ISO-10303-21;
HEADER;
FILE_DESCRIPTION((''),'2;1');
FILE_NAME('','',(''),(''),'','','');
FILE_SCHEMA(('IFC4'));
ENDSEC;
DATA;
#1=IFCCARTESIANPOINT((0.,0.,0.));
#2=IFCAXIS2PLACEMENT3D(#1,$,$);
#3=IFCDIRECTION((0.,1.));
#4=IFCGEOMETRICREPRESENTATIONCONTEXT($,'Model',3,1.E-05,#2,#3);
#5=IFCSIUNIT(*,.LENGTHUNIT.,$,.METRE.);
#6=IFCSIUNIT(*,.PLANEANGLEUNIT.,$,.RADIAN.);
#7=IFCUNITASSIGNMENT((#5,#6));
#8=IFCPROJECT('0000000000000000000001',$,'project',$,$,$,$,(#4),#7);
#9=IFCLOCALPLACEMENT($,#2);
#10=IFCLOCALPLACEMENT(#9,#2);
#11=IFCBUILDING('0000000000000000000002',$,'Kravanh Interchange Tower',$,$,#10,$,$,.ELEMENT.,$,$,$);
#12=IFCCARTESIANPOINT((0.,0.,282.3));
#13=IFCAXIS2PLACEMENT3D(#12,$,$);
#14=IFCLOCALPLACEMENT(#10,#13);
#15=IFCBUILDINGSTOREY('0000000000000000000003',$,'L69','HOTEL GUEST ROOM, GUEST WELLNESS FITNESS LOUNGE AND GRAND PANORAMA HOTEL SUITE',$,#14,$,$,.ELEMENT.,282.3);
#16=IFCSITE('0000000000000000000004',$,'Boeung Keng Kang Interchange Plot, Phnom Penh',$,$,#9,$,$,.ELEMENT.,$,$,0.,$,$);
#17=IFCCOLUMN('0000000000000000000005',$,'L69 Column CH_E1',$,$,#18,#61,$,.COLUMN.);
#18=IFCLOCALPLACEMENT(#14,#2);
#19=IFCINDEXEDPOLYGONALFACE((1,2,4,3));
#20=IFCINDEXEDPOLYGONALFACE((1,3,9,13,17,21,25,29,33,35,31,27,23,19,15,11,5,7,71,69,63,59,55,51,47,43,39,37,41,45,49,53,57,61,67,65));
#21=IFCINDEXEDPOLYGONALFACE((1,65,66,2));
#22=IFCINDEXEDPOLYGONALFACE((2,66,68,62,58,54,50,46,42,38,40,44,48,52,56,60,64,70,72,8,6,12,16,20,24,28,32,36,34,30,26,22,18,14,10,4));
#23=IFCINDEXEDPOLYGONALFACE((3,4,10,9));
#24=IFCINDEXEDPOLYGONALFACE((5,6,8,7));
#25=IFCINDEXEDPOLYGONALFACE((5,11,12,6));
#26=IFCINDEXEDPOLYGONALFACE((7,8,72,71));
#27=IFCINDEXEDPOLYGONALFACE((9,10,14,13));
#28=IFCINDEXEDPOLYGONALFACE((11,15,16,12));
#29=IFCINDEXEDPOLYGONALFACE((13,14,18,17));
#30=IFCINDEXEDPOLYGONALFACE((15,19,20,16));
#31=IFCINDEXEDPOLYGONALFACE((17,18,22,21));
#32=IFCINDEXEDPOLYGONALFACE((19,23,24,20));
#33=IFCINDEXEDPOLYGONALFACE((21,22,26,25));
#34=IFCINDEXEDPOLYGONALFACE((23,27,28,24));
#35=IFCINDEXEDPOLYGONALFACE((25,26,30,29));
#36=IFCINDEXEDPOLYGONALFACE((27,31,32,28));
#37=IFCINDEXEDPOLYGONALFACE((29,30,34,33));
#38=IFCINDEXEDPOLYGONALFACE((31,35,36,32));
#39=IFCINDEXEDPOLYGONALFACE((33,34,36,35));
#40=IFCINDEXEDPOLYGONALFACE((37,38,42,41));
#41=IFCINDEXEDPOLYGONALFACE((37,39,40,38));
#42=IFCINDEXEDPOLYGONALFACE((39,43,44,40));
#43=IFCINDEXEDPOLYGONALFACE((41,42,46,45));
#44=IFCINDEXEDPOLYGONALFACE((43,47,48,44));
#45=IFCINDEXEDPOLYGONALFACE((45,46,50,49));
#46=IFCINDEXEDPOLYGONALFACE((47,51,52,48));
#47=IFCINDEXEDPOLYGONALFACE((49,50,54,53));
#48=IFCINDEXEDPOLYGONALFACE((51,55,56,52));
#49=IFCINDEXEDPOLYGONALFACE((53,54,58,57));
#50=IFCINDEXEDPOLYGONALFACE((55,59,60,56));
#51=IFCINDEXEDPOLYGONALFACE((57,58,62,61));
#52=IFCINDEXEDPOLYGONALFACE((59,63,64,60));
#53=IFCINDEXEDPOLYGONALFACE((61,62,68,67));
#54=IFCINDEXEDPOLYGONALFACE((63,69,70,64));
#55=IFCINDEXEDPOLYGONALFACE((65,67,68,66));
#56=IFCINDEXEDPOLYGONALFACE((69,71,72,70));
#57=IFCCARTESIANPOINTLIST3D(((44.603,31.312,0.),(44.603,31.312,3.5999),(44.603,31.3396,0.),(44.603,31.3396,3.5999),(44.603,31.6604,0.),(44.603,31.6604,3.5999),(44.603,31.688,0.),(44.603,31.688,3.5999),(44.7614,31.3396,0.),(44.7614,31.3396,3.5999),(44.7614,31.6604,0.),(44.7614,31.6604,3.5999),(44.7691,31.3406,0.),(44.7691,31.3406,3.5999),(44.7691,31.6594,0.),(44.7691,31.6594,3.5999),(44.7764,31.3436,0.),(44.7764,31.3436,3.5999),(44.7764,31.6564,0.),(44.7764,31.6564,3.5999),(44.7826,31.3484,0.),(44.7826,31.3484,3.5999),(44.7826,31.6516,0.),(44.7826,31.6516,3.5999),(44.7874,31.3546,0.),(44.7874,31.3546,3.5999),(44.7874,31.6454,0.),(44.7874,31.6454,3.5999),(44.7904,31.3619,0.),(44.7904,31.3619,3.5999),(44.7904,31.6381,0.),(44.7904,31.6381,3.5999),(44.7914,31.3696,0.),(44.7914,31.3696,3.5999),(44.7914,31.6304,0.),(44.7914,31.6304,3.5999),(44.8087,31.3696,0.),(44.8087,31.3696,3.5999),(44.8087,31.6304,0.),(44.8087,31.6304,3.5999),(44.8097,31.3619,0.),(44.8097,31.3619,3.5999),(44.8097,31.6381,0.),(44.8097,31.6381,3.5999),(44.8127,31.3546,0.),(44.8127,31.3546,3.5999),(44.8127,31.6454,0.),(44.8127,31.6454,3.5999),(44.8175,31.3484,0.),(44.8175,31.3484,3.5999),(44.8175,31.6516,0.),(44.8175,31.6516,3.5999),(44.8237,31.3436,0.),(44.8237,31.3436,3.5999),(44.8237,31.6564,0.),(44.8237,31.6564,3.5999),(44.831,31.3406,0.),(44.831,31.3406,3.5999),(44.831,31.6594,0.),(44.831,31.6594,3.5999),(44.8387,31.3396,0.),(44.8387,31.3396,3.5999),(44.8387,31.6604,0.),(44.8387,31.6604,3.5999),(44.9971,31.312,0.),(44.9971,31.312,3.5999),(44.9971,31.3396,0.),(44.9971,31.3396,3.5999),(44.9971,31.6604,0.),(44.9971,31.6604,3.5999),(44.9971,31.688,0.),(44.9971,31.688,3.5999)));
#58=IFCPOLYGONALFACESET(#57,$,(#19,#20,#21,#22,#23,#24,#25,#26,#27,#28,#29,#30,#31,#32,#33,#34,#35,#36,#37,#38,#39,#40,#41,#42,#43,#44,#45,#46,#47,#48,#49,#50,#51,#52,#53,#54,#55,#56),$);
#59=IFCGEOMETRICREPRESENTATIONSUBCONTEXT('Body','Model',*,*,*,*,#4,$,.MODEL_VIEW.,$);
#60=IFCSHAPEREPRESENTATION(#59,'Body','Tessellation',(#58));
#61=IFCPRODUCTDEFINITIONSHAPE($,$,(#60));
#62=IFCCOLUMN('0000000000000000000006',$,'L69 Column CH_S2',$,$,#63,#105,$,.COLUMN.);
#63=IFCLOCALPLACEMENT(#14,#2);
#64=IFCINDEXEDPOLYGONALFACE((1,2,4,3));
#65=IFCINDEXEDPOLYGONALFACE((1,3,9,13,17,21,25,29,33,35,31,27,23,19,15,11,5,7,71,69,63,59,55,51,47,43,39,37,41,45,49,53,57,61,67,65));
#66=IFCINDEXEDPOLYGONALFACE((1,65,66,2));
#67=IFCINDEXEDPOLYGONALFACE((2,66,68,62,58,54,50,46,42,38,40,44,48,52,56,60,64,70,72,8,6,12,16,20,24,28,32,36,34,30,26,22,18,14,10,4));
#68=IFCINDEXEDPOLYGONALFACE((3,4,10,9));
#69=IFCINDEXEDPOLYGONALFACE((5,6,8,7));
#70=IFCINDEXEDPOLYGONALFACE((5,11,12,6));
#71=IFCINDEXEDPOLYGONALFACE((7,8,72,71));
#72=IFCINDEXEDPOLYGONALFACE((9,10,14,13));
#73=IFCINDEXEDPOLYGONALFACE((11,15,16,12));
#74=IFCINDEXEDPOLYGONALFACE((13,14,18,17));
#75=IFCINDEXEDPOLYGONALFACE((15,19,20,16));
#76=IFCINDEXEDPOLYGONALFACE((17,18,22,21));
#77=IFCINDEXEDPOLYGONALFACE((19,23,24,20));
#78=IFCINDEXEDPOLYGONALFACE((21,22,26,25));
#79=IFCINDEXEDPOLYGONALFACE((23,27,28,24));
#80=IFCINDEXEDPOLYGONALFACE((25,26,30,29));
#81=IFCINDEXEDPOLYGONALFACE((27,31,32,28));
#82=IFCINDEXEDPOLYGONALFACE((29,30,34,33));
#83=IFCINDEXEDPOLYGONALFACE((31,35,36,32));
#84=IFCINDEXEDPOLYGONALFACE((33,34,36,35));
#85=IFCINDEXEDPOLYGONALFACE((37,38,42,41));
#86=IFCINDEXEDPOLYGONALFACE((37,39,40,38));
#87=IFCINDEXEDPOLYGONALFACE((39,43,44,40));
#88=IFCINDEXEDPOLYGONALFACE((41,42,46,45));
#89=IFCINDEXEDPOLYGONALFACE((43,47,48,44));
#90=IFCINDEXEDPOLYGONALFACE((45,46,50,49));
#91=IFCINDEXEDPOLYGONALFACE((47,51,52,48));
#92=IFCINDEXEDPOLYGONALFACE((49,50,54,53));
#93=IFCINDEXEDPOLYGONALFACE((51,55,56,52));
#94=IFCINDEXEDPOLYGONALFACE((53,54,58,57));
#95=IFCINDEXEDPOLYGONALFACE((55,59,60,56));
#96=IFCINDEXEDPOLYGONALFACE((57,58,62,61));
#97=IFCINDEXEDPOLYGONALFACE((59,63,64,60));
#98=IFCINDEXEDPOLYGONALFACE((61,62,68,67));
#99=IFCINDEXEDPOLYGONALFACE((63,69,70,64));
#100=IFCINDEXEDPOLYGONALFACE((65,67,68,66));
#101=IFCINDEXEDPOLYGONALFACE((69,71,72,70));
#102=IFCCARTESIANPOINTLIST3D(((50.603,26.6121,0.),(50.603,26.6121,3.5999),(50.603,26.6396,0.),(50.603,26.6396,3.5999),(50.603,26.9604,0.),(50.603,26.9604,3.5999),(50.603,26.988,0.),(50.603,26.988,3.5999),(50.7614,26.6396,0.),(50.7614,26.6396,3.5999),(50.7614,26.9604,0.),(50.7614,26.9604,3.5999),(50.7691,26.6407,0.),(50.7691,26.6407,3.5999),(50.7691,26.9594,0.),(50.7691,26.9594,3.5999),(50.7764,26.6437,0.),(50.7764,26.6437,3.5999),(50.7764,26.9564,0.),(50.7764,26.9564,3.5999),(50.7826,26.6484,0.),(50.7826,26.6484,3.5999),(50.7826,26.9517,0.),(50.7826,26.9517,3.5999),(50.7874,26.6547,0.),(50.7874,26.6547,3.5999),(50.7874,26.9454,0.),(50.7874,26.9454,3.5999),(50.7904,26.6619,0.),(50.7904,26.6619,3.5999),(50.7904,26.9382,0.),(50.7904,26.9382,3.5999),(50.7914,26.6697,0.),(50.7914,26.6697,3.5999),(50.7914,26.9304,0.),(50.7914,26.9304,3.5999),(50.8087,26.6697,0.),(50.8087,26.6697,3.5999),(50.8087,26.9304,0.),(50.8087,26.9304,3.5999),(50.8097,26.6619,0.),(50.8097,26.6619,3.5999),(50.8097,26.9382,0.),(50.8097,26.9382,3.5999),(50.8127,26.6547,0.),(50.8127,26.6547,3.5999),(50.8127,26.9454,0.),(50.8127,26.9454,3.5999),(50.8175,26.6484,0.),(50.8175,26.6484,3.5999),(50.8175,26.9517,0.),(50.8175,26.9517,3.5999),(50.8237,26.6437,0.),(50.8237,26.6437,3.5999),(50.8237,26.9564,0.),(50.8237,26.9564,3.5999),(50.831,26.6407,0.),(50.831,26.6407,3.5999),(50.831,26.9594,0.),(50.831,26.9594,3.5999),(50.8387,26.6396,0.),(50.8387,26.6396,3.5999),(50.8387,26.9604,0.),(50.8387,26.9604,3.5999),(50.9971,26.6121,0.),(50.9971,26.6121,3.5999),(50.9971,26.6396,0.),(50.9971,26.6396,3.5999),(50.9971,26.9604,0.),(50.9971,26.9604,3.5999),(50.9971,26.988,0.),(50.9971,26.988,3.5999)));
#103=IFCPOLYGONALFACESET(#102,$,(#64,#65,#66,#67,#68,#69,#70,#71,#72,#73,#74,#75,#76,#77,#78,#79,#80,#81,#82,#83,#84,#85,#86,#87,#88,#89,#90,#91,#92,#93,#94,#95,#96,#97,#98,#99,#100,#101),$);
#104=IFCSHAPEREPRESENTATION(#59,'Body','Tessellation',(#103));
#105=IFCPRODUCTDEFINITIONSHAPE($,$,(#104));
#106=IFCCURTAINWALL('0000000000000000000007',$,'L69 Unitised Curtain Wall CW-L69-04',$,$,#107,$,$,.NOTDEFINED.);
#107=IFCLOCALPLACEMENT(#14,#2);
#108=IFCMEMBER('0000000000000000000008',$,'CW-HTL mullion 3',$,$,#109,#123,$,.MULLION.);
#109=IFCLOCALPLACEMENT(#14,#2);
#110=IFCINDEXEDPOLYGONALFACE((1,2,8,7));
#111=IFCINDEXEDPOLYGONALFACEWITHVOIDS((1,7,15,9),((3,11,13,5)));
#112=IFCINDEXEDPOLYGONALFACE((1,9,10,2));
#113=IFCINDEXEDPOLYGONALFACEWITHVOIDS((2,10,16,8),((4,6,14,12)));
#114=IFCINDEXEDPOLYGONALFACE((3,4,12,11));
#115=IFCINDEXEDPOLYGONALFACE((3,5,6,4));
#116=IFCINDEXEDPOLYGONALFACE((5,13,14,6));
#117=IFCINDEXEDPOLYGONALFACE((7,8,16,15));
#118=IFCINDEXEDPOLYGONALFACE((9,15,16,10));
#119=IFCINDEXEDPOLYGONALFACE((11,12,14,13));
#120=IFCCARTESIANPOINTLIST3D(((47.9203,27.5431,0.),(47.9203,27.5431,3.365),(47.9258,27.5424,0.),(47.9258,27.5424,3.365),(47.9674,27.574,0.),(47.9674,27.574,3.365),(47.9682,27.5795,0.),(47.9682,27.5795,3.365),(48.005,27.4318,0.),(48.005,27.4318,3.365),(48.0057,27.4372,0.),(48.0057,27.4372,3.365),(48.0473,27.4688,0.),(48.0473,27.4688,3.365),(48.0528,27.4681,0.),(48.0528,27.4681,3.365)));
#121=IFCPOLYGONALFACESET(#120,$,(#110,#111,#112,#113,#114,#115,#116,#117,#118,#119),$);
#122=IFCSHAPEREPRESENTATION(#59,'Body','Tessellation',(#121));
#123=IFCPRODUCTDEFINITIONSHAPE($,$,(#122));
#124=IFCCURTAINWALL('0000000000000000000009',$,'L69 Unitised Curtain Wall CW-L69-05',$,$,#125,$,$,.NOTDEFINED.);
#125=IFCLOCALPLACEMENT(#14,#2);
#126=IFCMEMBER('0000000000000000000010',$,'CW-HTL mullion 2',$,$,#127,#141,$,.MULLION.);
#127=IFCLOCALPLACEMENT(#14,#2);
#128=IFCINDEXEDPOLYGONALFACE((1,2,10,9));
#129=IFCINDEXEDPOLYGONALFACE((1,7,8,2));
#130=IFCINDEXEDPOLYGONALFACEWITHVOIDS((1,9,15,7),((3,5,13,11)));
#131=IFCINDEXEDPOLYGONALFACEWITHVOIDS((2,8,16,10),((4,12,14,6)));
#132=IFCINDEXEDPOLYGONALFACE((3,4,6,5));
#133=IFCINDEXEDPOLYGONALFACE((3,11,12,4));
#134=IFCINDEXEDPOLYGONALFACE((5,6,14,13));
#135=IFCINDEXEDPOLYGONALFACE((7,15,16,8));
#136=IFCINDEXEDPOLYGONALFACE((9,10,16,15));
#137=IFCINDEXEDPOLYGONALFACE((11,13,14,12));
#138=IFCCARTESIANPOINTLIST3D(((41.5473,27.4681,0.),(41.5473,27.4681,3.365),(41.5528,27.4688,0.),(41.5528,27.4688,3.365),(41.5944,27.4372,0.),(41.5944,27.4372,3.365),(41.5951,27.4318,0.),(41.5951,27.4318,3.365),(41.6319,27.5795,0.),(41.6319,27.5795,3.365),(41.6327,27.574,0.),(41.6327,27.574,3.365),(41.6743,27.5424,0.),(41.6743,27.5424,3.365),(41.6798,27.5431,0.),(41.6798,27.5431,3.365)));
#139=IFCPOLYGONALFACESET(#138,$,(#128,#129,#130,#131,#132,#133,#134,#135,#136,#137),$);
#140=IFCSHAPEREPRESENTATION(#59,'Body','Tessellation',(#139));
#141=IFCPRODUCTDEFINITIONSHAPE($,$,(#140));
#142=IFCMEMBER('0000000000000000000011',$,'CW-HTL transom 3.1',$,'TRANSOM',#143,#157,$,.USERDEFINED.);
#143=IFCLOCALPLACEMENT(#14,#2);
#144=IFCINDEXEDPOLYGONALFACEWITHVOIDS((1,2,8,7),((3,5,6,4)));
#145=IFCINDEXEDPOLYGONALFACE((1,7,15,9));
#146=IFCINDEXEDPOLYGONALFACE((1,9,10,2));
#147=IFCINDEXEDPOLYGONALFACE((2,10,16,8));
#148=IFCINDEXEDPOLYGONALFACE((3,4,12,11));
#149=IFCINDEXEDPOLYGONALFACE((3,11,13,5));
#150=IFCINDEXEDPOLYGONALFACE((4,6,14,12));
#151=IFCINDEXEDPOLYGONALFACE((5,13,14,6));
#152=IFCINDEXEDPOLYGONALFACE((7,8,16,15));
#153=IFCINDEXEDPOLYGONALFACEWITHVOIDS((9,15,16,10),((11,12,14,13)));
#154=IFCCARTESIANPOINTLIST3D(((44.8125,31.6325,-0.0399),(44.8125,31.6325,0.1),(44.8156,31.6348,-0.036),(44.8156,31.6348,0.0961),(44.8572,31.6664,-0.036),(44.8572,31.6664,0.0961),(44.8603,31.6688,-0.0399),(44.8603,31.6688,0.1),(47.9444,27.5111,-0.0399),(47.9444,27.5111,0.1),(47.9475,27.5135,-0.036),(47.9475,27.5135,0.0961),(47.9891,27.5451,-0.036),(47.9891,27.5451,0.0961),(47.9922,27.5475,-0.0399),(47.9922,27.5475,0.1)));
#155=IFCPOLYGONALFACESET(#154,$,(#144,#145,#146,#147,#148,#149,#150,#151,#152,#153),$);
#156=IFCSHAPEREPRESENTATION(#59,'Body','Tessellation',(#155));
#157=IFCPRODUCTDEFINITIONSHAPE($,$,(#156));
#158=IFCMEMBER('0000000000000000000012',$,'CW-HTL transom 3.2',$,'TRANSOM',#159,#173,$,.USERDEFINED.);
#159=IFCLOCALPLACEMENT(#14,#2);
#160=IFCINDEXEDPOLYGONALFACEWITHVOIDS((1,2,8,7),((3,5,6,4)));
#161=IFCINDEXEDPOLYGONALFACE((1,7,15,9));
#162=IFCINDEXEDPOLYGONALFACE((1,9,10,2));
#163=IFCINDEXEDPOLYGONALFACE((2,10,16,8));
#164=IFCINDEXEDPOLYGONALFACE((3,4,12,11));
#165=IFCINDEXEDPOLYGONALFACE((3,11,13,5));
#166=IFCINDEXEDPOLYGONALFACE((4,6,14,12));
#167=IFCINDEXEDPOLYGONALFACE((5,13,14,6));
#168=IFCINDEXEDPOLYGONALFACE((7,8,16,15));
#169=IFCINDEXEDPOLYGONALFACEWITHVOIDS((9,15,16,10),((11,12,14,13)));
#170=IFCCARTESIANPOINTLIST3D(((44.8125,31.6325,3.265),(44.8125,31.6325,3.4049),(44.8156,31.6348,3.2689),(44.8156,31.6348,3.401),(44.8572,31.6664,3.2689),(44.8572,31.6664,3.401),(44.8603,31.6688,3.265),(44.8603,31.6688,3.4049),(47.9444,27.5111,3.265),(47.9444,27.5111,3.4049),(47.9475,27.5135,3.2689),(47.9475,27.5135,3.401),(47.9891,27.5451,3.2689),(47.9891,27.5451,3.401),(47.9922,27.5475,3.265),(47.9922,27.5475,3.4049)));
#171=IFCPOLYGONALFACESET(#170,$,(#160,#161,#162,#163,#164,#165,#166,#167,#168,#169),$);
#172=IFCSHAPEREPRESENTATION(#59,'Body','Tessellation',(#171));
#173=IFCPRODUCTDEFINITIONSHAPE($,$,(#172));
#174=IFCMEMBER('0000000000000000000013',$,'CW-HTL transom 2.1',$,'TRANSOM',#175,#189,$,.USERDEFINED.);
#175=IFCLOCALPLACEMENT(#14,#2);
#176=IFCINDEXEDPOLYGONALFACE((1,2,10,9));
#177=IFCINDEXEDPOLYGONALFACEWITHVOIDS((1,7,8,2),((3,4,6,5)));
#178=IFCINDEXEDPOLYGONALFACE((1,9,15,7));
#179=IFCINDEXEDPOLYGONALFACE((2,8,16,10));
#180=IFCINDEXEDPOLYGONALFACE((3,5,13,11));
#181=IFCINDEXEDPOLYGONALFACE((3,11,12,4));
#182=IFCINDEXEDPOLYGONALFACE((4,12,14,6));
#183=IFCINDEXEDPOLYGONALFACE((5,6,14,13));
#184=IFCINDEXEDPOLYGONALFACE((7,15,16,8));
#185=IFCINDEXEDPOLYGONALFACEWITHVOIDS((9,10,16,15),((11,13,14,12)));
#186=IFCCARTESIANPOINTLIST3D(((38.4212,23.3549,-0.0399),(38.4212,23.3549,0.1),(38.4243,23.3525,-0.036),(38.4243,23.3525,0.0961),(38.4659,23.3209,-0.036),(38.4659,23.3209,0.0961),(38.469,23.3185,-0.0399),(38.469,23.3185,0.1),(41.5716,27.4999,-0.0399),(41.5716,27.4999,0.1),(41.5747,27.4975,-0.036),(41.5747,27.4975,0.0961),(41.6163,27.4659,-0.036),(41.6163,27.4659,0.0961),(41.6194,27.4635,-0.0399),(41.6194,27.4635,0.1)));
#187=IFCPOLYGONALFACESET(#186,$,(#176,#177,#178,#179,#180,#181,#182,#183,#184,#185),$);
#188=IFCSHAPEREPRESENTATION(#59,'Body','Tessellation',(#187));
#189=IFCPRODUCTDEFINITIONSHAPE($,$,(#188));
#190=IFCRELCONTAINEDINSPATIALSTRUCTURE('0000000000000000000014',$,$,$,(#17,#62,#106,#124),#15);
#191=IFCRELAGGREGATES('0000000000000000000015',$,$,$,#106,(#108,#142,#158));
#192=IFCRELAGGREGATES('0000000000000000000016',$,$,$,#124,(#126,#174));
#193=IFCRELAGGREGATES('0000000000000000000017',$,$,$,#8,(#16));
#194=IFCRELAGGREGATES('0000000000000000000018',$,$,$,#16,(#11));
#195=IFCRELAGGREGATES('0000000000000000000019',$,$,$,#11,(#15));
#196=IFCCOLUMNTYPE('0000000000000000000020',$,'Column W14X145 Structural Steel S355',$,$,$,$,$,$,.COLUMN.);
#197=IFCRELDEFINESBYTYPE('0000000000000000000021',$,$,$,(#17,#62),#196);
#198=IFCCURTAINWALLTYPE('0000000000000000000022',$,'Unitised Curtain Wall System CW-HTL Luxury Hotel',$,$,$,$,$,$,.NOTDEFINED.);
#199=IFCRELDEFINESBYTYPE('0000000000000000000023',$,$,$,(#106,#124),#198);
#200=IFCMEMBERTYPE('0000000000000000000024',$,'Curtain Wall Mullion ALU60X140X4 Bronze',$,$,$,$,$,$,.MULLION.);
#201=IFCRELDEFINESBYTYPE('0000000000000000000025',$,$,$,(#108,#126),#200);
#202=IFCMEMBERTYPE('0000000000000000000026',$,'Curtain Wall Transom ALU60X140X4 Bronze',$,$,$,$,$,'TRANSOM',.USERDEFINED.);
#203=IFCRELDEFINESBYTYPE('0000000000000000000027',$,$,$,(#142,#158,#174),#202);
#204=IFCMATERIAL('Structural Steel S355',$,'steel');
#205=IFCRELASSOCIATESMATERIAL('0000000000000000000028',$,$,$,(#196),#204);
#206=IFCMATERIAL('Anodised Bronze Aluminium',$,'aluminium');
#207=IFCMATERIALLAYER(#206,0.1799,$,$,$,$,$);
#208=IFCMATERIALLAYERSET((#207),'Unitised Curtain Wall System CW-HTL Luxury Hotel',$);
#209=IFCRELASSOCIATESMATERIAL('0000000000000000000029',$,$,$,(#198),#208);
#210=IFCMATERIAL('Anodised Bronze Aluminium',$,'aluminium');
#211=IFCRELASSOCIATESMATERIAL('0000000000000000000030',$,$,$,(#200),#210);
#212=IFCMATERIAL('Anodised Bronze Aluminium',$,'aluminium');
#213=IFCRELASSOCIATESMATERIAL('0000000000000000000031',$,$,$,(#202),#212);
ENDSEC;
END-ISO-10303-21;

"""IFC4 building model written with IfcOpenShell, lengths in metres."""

from ifc_helpers import new_model, si_unit, direction, frame, origin, origin_2d, place, context, subcontext, project, spatial, hollow_rectangle, i_section, extrude, material, layer, layer_set, material_profile, profile_set, type_object, element, aggregate, save


model = new_model("IFC4")

# Units and contexts
model_context = context("Model", 3, precision=1e-05, world=origin(), true_north=direction((0.0, 1.0)))
body_context = subcontext(model_context, "Body", "Model", "MODEL_VIEW")
ifc_project = project(units=[si_unit("LENGTHUNIT", "METRE"), si_unit("PLANEANGLEUNIT", "RADIAN")], contexts=[model_context])

# Site, building, storey
site_placement = place(None, origin())
site = spatial("IfcSite", under=ifc_project, at=site_placement, Name="Boeung Keng Kang Interchange Plot, Phnom Penh", CompositionType="ELEMENT", RefElevation=0.0)
building_placement = place(site_placement, origin())
building = spatial("IfcBuilding", under=site, at=building_placement, Name="Kravanh Interchange Tower", CompositionType="ELEMENT")
storey_placement = place(building_placement, frame((0.0, 0.0, 282.3)))
storey = spatial("IfcBuildingStorey", under=building, at=storey_placement, Name="L69", Description="HOTEL GUEST ROOM, GUEST WELLNESS FITNESS LOUNGE AND GRAND PANORAMA HOTEL SUITE", CompositionType="ELEMENT", Elevation=282.3)

# Columns
ifc_material_1 = material(Name="Structural Steel S355", Category="steel")
ifc_material_profile_1 = material_profile(ifc_material_1, i_section(OverallWidth=0.394, OverallDepth=0.376, WebThickness=0.0173, FlangeThickness=0.0276, FilletRadius=0.03, at=origin_2d()), Name="W14X145")
ifc_profile_set_1 = profile_set([ifc_material_profile_1], Name="Structural Steel S355")
column_type = type_object("IfcColumnType", Name="Column W14X145 Structural Steel S355", PredefinedType="COLUMN", material=ifc_profile_set_1)
for number, where, z_axis, x_axis, name in (
    (1, (44.8, 31.5, 0.0), (0.0, 0.0, 1.0), (1.0, 0.0, 0.0), "L69 Column CH_E1"),
    (2, (50.8, 26.8, 0.0), (0.0, 0.0, 1.0), (1.0, 0.0, 0.0), "L69 Column CH_S2"),
):
    element("IfcColumn", number, at=place(storey_placement, frame(where, z_axis=z_axis, x_axis=x_axis)), inside=storey, type_object=column_type, Name=name, PredefinedType="COLUMN", context=body_context, shape_type="SweptSolid", body=[
        extrude(i_section(OverallWidth=0.394, OverallDepth=0.376, WebThickness=0.0173, FlangeThickness=0.0276, FilletRadius=0.03, at=origin_2d()), origin(), (0.0, 0.0, 1.0), 3.5999),
    ])

# Curtain walls, members
ifc_material_2 = material(Name="Anodised Bronze Aluminium", Category="aluminium")
ifc_layer_1 = layer(ifc_material_2, 0.1799)
ifc_layer_set_1 = layer_set([ifc_layer_1], Name="Unitised Curtain Wall System CW-HTL Luxury Hotel")
curtain_wall_type = type_object("IfcCurtainWallType", Name="Unitised Curtain Wall System CW-HTL Luxury Hotel", PredefinedType="NOTDEFINED", material=ifc_layer_set_1)
curtain_wall_1_placement = place(storey_placement, origin())
curtain_wall_1 = element("IfcCurtainWall", 3, at=curtain_wall_1_placement, inside=storey, type_object=curtain_wall_type, Name="L69 Unitised Curtain Wall CW-L69-04", PredefinedType="NOTDEFINED")
ifc_material_3 = material(Name="Anodised Bronze Aluminium", Category="aluminium")
ifc_material_profile_2 = material_profile(ifc_material_3, hollow_rectangle(XDim=0.0601, YDim=0.1399, WallThickness=0.0039, at=origin_2d()), Name="ALU60X140X4")
ifc_profile_set_2 = profile_set([ifc_material_profile_2], Name="Anodised Bronze Aluminium")
member_type_1 = type_object("IfcMemberType", Name="Curtain Wall Mullion ALU60X140X4 Bronze", PredefinedType="MULLION", material=ifc_profile_set_2)
member_1_placement = place(storey_placement, frame((47.9866, 27.5056, 0.0), z_axis=(0.0, 0.0, 1.0), x_axis=(-0.796162, -0.605083, 0.0)))
member_1 = element("IfcMember", 4, at=member_1_placement, type_object=member_type_1, Name="CW-HTL mullion 3", PredefinedType="MULLION", context=body_context, shape_type="SweptSolid", body=[
    extrude(hollow_rectangle(XDim=0.0601, YDim=0.1399, WallThickness=0.0039, at=origin_2d()), origin(), (0.0, 0.0, 1.0), 3.365),
])
curtain_wall_2_placement = place(storey_placement, origin())
curtain_wall_2 = element("IfcCurtainWall", 5, at=curtain_wall_2_placement, inside=storey, type_object=curtain_wall_type, Name="L69 Unitised Curtain Wall CW-L69-05", PredefinedType="NOTDEFINED")
member_2_placement = place(storey_placement, frame((41.6135, 27.5056, 0.0), z_axis=(0.0, 0.0, 1.0), x_axis=(0.796162, -0.605083, 0.0)))
member_2 = element("IfcMember", 6, at=member_2_placement, type_object=member_type_1, Name="CW-HTL mullion 2", PredefinedType="MULLION", context=body_context, shape_type="SweptSolid", body=[
    extrude(hollow_rectangle(XDim=0.0601, YDim=0.1399, WallThickness=0.0039, at=origin_2d()), origin(), (0.0, 0.0, 1.0), 3.365),
])

# Members
ifc_material_4 = material(Name="Anodised Bronze Aluminium", Category="aluminium")
ifc_material_profile_3 = material_profile(ifc_material_4, hollow_rectangle(XDim=0.0601, YDim=0.1399, WallThickness=0.0039, at=origin_2d()), Name="ALU60X140X4")
ifc_profile_set_3 = profile_set([ifc_material_profile_3], Name="Anodised Bronze Aluminium")
member_type_2 = type_object("IfcMemberType", Name="Curtain Wall Transom ALU60X140X4 Bronze", ElementType="TRANSOM", PredefinedType="USERDEFINED", material=ifc_profile_set_3)
member_3_placement = place(storey_placement, frame((47.9683, 27.5293, 0.03), z_axis=(-0.605037, 0.796198, 0.0), x_axis=(-0.796198, -0.605037, 0.0)))
member_3 = element("IfcMember", 7, at=member_3_placement, type_object=member_type_2, Name="CW-HTL transom 3.1", ObjectType="TRANSOM", PredefinedType="USERDEFINED", context=body_context, shape_type="SweptSolid", body=[
    extrude(hollow_rectangle(XDim=0.0601, YDim=0.1399, WallThickness=0.0039, at=origin_2d()), origin(), (0.0, 0.0, 1.0), 5.1763),
])
member_4_placement = place(storey_placement, frame((47.9683, 27.5293, 3.335), z_axis=(-0.605037, 0.796198, 0.0), x_axis=(-0.796198, -0.605037, 0.0)))
member_4 = element("IfcMember", 8, at=member_4_placement, type_object=member_type_2, Name="CW-HTL transom 3.2", ObjectType="TRANSOM", PredefinedType="USERDEFINED", context=body_context, shape_type="SweptSolid", body=[
    extrude(hollow_rectangle(XDim=0.0601, YDim=0.1399, WallThickness=0.0039, at=origin_2d()), origin(), (0.0, 0.0, 1.0), 5.1763),
])
member_5_placement = place(storey_placement, frame((41.5955, 27.4817, 0.03), z_axis=(-0.605105, -0.796146, 0.0), x_axis=(0.796146, -0.605105, 0.0)))
member_5 = element("IfcMember", 9, at=member_5_placement, type_object=member_type_2, Name="CW-HTL transom 2.1", ObjectType="TRANSOM", PredefinedType="USERDEFINED", context=body_context, shape_type="SweptSolid", body=[
    extrude(hollow_rectangle(XDim=0.0601, YDim=0.1399, WallThickness=0.0039, at=origin_2d()), origin(), (0.0, 0.0, 1.0), 5.2063),
])

aggregate(curtain_wall_1, [member_1, member_3, member_4])
aggregate(curtain_wall_2, [member_2, member_5])

save(model, "model.ifc")
